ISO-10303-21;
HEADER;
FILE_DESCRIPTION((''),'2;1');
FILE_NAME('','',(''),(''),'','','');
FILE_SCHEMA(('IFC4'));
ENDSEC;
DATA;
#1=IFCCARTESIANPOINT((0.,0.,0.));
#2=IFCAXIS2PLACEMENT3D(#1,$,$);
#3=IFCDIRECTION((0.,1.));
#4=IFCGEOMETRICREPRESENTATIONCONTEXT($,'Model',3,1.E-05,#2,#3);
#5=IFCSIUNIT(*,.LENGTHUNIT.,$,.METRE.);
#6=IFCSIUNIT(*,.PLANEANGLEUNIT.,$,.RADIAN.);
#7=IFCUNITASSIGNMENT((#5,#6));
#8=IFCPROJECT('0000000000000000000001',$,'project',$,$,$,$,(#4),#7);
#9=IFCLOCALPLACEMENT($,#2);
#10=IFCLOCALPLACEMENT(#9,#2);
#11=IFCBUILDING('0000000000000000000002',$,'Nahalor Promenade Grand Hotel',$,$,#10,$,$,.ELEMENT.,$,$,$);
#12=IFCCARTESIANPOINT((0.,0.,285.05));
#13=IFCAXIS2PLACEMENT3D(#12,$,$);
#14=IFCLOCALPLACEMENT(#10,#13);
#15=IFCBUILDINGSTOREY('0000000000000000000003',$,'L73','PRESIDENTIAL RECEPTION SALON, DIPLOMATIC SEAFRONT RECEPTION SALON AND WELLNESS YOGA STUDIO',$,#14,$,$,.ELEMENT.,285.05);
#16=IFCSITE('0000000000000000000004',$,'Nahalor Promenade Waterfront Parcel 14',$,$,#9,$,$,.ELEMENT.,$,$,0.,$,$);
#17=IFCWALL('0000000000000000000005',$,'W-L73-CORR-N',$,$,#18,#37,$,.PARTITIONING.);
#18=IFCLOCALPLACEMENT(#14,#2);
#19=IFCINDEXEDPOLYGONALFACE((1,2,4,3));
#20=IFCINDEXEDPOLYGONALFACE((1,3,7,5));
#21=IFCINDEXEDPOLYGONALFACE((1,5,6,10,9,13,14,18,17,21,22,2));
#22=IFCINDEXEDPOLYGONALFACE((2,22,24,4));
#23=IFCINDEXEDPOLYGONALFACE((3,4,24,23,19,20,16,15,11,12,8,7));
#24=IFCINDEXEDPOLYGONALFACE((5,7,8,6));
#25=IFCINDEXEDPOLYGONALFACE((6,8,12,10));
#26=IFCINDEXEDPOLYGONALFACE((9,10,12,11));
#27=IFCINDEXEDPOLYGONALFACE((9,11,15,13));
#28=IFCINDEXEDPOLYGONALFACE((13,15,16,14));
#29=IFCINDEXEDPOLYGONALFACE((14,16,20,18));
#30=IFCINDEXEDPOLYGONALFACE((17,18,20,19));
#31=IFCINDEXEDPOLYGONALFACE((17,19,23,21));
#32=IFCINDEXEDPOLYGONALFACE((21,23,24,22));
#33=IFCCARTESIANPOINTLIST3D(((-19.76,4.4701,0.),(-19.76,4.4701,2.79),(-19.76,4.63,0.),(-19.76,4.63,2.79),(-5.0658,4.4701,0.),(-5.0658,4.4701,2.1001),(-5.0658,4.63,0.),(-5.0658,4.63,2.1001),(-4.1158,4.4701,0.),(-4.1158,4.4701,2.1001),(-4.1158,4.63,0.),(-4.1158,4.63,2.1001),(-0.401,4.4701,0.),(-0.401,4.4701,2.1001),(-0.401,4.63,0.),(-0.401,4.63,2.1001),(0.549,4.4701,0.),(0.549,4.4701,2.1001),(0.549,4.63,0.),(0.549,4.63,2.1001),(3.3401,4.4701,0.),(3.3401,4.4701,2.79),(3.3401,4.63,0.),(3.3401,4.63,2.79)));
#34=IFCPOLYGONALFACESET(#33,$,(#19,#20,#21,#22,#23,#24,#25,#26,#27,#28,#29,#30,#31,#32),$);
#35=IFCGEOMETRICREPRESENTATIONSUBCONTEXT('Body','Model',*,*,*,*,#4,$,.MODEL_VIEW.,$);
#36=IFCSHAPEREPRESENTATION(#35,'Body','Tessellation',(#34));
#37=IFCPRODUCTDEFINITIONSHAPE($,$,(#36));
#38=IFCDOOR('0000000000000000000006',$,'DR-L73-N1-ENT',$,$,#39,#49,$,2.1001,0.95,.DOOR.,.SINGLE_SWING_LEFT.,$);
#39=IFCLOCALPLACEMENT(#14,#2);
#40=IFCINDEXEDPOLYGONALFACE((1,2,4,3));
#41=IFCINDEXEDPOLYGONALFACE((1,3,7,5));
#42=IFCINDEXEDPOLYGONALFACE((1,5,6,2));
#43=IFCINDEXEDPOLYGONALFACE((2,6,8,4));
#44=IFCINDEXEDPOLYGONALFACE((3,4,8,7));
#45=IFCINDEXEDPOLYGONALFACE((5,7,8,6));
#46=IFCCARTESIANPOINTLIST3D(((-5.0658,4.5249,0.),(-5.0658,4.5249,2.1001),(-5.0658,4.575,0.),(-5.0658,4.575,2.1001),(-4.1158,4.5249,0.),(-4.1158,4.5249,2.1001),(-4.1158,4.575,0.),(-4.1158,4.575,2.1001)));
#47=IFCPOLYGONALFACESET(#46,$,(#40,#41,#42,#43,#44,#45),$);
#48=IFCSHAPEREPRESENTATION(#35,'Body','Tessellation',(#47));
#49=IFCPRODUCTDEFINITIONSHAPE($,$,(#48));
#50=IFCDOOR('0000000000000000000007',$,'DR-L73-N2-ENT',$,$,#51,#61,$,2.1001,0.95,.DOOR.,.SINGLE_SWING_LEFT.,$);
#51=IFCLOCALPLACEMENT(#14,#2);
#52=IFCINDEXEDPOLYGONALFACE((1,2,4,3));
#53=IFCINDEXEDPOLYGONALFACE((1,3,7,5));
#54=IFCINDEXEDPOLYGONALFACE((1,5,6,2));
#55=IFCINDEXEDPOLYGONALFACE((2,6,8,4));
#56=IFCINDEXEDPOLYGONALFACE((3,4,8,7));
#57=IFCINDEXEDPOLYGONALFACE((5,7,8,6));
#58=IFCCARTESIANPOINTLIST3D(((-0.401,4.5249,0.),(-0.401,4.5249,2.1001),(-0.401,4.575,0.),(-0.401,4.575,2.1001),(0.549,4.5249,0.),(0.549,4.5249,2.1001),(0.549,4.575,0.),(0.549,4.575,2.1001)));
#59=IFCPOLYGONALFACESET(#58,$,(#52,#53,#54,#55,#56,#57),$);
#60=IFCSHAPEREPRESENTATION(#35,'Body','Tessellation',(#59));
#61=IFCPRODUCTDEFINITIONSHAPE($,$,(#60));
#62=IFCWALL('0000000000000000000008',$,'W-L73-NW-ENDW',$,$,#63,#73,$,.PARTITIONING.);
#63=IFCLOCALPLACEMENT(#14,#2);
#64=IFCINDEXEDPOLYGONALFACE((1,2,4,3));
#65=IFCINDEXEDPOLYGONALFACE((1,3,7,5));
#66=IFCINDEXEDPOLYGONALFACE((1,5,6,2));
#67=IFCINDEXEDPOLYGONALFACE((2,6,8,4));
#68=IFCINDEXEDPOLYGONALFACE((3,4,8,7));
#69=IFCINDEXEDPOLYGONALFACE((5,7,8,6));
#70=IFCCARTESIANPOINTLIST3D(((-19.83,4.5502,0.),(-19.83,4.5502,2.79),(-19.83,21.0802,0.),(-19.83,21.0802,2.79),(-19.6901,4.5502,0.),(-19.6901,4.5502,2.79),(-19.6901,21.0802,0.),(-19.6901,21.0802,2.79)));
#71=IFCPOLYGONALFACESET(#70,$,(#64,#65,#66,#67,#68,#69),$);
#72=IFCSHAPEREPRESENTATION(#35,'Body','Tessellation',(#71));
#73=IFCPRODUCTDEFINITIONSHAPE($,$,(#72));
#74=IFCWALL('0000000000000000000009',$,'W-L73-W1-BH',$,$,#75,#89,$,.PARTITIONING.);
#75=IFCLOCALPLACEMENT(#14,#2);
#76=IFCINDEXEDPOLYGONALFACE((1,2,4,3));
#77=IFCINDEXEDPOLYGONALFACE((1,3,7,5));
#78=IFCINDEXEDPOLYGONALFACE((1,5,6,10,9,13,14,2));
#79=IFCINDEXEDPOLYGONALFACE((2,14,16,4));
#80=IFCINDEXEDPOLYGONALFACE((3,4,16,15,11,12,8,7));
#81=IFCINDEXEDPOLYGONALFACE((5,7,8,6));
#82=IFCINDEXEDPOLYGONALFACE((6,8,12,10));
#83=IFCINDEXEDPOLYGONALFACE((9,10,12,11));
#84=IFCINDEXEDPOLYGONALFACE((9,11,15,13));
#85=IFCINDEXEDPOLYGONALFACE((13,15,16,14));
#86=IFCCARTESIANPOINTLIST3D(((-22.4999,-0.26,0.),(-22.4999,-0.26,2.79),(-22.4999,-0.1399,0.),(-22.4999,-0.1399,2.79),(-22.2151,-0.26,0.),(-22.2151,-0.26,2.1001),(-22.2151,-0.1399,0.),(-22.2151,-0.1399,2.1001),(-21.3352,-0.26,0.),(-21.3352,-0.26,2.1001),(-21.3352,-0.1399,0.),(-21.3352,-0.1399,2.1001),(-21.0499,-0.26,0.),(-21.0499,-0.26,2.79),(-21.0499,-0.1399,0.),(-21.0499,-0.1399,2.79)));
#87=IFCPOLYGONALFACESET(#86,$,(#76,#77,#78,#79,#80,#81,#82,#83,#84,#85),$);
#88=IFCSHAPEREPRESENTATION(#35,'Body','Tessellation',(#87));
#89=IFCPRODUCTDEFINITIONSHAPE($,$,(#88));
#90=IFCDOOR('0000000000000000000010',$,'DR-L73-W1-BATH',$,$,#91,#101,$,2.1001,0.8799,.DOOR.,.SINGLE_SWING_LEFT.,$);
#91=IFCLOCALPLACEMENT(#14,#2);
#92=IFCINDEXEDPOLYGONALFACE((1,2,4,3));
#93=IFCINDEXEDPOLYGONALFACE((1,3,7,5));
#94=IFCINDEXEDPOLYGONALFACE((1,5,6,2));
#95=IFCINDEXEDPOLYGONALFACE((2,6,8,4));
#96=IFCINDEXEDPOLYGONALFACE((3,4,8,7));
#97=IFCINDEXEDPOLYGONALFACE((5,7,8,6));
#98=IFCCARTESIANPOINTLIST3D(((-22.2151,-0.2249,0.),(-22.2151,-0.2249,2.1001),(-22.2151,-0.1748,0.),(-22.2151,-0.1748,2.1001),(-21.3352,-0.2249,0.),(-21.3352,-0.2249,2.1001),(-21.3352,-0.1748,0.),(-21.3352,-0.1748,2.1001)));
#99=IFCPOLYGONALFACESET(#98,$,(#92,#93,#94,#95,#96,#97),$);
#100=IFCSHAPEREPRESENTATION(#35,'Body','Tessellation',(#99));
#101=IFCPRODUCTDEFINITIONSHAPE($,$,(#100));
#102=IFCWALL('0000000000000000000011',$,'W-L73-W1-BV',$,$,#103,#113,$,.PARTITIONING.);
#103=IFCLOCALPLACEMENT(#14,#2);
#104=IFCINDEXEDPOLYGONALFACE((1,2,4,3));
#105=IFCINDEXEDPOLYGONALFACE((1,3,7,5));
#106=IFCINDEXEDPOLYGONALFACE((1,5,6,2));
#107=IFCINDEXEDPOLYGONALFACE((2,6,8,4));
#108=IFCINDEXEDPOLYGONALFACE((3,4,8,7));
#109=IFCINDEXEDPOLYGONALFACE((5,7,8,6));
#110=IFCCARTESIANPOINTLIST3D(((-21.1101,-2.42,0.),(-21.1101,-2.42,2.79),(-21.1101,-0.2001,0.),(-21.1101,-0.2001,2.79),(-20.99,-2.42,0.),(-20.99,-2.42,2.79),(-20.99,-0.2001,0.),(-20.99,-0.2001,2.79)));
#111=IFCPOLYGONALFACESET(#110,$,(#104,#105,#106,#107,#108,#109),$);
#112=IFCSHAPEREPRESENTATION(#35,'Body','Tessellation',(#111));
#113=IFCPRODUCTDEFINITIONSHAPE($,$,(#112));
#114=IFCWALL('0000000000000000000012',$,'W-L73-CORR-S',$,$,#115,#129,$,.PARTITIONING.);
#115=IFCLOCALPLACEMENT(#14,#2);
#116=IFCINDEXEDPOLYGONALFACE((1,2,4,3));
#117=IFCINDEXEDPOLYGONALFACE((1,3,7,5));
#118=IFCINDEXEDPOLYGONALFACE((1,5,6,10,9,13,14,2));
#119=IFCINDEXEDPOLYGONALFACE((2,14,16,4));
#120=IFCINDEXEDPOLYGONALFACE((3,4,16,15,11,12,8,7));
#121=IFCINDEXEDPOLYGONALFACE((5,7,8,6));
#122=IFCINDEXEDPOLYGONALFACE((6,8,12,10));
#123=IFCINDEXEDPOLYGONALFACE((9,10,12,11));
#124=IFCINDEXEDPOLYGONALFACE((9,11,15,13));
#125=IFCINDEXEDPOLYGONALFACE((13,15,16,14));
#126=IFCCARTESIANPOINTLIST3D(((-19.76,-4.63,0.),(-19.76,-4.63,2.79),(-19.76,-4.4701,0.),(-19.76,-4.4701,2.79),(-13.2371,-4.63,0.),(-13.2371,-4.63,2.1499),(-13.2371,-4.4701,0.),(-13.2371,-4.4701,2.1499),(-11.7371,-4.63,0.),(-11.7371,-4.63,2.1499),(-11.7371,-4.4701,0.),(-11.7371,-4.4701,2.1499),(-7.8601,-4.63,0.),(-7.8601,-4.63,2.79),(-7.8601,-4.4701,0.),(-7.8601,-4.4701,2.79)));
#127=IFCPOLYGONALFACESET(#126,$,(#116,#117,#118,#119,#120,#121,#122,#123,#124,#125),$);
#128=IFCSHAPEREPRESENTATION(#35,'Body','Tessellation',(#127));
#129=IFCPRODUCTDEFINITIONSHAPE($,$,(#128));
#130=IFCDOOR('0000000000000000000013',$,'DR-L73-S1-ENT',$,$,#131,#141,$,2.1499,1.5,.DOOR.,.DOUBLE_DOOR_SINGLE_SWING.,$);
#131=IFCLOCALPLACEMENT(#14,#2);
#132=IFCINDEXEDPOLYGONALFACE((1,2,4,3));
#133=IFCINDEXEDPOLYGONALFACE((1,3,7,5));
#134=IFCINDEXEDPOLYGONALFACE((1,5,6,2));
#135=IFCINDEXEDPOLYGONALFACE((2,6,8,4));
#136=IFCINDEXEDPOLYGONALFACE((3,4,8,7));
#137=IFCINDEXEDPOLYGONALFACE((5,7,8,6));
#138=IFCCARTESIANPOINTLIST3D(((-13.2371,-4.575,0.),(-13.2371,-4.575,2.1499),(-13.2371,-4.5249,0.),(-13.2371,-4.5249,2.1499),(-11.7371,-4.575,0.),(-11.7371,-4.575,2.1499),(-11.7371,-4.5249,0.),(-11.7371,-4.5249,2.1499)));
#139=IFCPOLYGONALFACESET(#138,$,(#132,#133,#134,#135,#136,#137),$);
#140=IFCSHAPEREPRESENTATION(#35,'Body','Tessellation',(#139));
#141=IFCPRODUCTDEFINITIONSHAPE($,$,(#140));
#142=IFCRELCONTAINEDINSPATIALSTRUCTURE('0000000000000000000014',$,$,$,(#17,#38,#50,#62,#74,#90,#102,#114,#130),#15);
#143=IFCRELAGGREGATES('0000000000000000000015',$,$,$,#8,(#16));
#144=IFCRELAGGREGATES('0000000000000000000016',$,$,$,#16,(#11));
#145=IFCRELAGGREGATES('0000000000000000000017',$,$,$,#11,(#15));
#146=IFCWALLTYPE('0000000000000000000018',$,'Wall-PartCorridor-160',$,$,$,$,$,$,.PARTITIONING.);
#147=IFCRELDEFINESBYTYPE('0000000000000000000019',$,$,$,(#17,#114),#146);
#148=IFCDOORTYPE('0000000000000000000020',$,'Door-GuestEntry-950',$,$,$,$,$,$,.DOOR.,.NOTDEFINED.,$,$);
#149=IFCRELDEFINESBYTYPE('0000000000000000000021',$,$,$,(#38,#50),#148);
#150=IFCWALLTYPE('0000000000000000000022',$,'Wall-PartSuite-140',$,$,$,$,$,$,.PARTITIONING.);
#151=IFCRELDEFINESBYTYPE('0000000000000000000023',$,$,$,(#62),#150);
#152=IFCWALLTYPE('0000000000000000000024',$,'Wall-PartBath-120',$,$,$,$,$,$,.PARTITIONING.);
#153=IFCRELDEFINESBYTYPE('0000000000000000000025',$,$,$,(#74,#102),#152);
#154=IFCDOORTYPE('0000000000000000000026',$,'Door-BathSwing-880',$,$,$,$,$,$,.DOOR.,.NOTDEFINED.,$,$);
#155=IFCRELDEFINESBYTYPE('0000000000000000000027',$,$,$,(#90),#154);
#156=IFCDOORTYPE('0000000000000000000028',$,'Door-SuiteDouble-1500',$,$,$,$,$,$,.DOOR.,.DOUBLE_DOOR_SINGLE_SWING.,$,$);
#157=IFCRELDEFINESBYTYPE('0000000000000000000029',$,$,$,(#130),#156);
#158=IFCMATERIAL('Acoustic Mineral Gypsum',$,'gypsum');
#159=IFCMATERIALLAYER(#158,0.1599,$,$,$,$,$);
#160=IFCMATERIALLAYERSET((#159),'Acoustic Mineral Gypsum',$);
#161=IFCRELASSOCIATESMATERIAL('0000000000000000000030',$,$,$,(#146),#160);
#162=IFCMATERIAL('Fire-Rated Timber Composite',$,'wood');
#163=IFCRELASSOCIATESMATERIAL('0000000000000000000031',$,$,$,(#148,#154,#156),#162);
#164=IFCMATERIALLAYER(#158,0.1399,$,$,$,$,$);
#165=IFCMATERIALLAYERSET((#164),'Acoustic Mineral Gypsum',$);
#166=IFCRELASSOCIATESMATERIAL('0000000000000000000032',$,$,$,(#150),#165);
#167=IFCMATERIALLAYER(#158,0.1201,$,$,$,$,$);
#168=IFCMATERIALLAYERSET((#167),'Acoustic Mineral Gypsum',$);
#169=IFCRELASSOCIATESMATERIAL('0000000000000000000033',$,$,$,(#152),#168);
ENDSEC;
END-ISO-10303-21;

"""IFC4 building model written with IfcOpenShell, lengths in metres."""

from ifc_helpers import new_model, si_unit, direction, frame, frame_2d, origin, place, context, subcontext, project, spatial, rectangle, extrude, source, transform, mapped, material, layer, layer_set, type_object, element, fill, save


model = new_model("IFC4")

# Units and contexts
model_context = context("Model", 3, precision=1e-05, world=origin(), true_north=direction((0.0, 1.0)))
body_context = subcontext(model_context, "Body", "Model", "MODEL_VIEW")
ifc_project = project(units=[si_unit("LENGTHUNIT", "METRE"), si_unit("PLANEANGLEUNIT", "RADIAN")], contexts=[model_context])

# Site, building, storey
site_placement = place(None, origin())
site = spatial("IfcSite", under=ifc_project, at=site_placement, Name="Nahalor Promenade Waterfront Parcel 14", CompositionType="ELEMENT", RefElevation=0.0)
building_placement = place(site_placement, origin())
building = spatial("IfcBuilding", under=site, at=building_placement, Name="Nahalor Promenade Grand Hotel", CompositionType="ELEMENT")
storey_placement = place(building_placement, frame((0.0, 0.0, 285.05)))
storey = spatial("IfcBuildingStorey", under=building, at=storey_placement, Name="L73", Description="PRESIDENTIAL RECEPTION SALON, DIPLOMATIC SEAFRONT RECEPTION SALON AND WELLNESS YOGA STUDIO", CompositionType="ELEMENT", Elevation=285.05)

# Wall, openings, doors
ifc_material_1 = material(Name="Acoustic Mineral Gypsum", Category="gypsum")
ifc_layer_1 = layer(ifc_material_1, 0.1599)
ifc_layer_set_1 = layer_set([ifc_layer_1], Name="Acoustic Mineral Gypsum")
wall_type_1 = type_object("IfcWallType", Name="Wall-PartCorridor-160", PredefinedType="PARTITIONING", material=ifc_layer_set_1)
shared_shape_1 = source(origin(), body_context, "Body", "SweptSolid", [
    extrude(rectangle(XDim=23.1001, YDim=0.1599, at=frame_2d((11.55, 0.0))), origin(), (0.0, 0.0, 1.0), 2.79),
])
wall_1_placement = place(storey_placement, frame((-19.76, 4.55, 0.0), z_axis=(0.0, 0.0, 1.0), x_axis=(1.0, 0.0, 0.0)))
wall_1 = element("IfcWall", 1, at=wall_1_placement, inside=storey, type_object=wall_type_1, Name="W-L73-CORR-N", PredefinedType="PARTITIONING", context=body_context, shape_type="MappedRepresentation", body=[
    mapped(shared_shape_1, transform((0.0, 0.0, 0.0), scale=1.0)),
])
opening_1_placement = place(wall_1_placement, frame((14.6941, 0.0, 0.0)))
opening_1 = element("IfcOpeningElement", 2, at=opening_1_placement, cuts=wall_1, PredefinedType="OPENING", context=body_context, shape_type="SweptSolid", body=[
    extrude(rectangle(XDim=0.95, YDim=2.1001, at=frame_2d((0.4751, 1.05))), frame((0.0, 0.0898, 0.0), z_axis=(0.0, -1.0, 0.0), x_axis=(1.0, 0.0, 0.0)), (0.0, 0.0, 1.0), 0.1799),
])
opening_2_placement = place(wall_1_placement, frame((19.3589, 0.0, 0.0)))
opening_2 = element("IfcOpeningElement", 3, at=opening_2_placement, cuts=wall_1, PredefinedType="OPENING", context=body_context, shape_type="SweptSolid", body=[
    extrude(rectangle(XDim=0.95, YDim=2.1001, at=frame_2d((0.4751, 1.05))), frame((0.0, 0.0898, 0.0), z_axis=(0.0, -1.0, 0.0), x_axis=(1.0, 0.0, 0.0)), (0.0, 0.0, 1.0), 0.1799),
])
ifc_material_2 = material(Name="Fire-Rated Timber Composite", Category="wood")
door_type_1 = type_object("IfcDoorType", Name="Door-GuestEntry-950", OperationType="NOTDEFINED", PredefinedType="DOOR", material=ifc_material_2)
shared_shape_2 = source(origin(), body_context, "Body", "SweptSolid", [
    extrude(rectangle(XDim=0.95, YDim=2.1001, at=frame_2d((0.4751, 1.05))), frame((0.0, 0.0249, 0.0), z_axis=(0.0, -1.0, 0.0), x_axis=(1.0, 0.0, 0.0)), (0.0, 0.0, 1.0), 0.05),
])
door_1_placement = place(opening_1_placement, origin())
door_1 = element("IfcDoor", 4, at=door_1_placement, inside=storey, type_object=door_type_1, Name="DR-L73-N1-ENT", OperationType="SINGLE_SWING_LEFT", OverallHeight=2.1001, OverallWidth=0.95, PredefinedType="DOOR", context=body_context, shape_type="MappedRepresentation", body=[
    mapped(shared_shape_2, transform((0.0, 0.0, 0.0), scale=1.0)),
])
fill(opening_1, door_1)
door_2_placement = place(opening_2_placement, origin())
door_2 = element("IfcDoor", 5, at=door_2_placement, inside=storey, type_object=door_type_1, Name="DR-L73-N2-ENT", OperationType="SINGLE_SWING_LEFT", OverallHeight=2.1001, OverallWidth=0.95, PredefinedType="DOOR", context=body_context, shape_type="MappedRepresentation", body=[
    mapped(shared_shape_2, transform((0.0, 0.0, 0.0), scale=1.0)),
])
fill(opening_2, door_2)

# Wall
ifc_layer_2 = layer(ifc_material_1, 0.1399)
ifc_layer_set_2 = layer_set([ifc_layer_2], Name="Acoustic Mineral Gypsum")
wall_type_2 = type_object("IfcWallType", Name="Wall-PartSuite-140", PredefinedType="PARTITIONING", material=ifc_layer_set_2)
shared_shape_3 = source(origin(), body_context, "Body", "SweptSolid", [
    extrude(rectangle(XDim=16.53, YDim=0.1399, at=frame_2d((8.2651, 0.0))), origin(), (0.0, 0.0, 1.0), 2.79),
])
wall_2_placement = place(storey_placement, frame((-19.76, 4.55, 0.0), z_axis=(0.0, 0.0, 1.0), x_axis=(0.0, 1.0, 0.0)))
element("IfcWall", 6, at=wall_2_placement, inside=storey, type_object=wall_type_2, Name="W-L73-NW-ENDW", PredefinedType="PARTITIONING", context=body_context, shape_type="MappedRepresentation", body=[
    mapped(shared_shape_3, transform((0.0, 0.0, 0.0), scale=1.0)),
])

# Wall, opening, door
ifc_layer_3 = layer(ifc_material_1, 0.1201)
ifc_layer_set_3 = layer_set([ifc_layer_3], Name="Acoustic Mineral Gypsum")
wall_type_3 = type_object("IfcWallType", Name="Wall-PartBath-120", PredefinedType="PARTITIONING", material=ifc_layer_set_3)
shared_shape_4 = source(origin(), body_context, "Body", "SweptSolid", [
    extrude(rectangle(XDim=1.45, YDim=0.1201, at=frame_2d((0.7251, 0.0))), origin(), (0.0, 0.0, 1.0), 2.79),
])
wall_3_placement = place(storey_placement, frame((-22.5, -0.2, 0.0), z_axis=(0.0, 0.0, 1.0), x_axis=(1.0, 0.0, 0.0)))
wall_3 = element("IfcWall", 7, at=wall_3_placement, inside=storey, type_object=wall_type_3, Name="W-L73-W1-BH", PredefinedType="PARTITIONING", context=body_context, shape_type="MappedRepresentation", body=[
    mapped(shared_shape_4, transform((0.0, 0.0, 0.0), scale=1.0)),
])
opening_3_placement = place(wall_3_placement, frame((0.2849, 0.0, 0.0)))
opening_3 = element("IfcOpeningElement", 8, at=opening_3_placement, cuts=wall_3, PredefinedType="OPENING", context=body_context, shape_type="SweptSolid", body=[
    extrude(rectangle(XDim=0.8799, YDim=2.1001, at=frame_2d((0.4399, 1.05))), frame((0.0, 0.0701, 0.0), z_axis=(0.0, -1.0, 0.0), x_axis=(1.0, 0.0, 0.0)), (0.0, 0.0, 1.0), 0.1401),
])
door_type_2 = type_object("IfcDoorType", Name="Door-BathSwing-880", OperationType="NOTDEFINED", PredefinedType="DOOR", material=ifc_material_2)
shared_shape_5 = source(origin(), body_context, "Body", "SweptSolid", [
    extrude(rectangle(XDim=0.8799, YDim=2.1001, at=frame_2d((0.4399, 1.05))), frame((0.0, 0.0249, 0.0), z_axis=(0.0, -1.0, 0.0), x_axis=(1.0, 0.0, 0.0)), (0.0, 0.0, 1.0), 0.05),
])
door_3_placement = place(opening_3_placement, frame((0.8799, 0.0, 0.0), z_axis=(0.0, 0.0, 1.0), x_axis=(-1.0, 0.0, 0.0)))
door_3 = element("IfcDoor", 9, at=door_3_placement, inside=storey, type_object=door_type_2, Name="DR-L73-W1-BATH", OperationType="SINGLE_SWING_LEFT", OverallHeight=2.1001, OverallWidth=0.8799, PredefinedType="DOOR", context=body_context, shape_type="MappedRepresentation", body=[
    mapped(shared_shape_5, transform((0.0, 0.0, 0.0), scale=1.0)),
])
fill(opening_3, door_3)

# Wall
shared_shape_6 = source(origin(), body_context, "Body", "SweptSolid", [
    extrude(rectangle(XDim=2.22, YDim=0.1201, at=frame_2d((1.1099, 0.0))), origin(), (0.0, 0.0, 1.0), 2.79),
])
wall_4_placement = place(storey_placement, frame((-21.05, -2.4199, 0.0), z_axis=(0.0, 0.0, 1.0), x_axis=(0.0, 1.0, 0.0)))
element("IfcWall", 10, at=wall_4_placement, inside=storey, type_object=wall_type_3, Name="W-L73-W1-BV", PredefinedType="PARTITIONING", context=body_context, shape_type="MappedRepresentation", body=[
    mapped(shared_shape_6, transform((0.0, 0.0, 0.0), scale=1.0)),
])

# Wall, opening, door
shared_shape_7 = source(origin(), body_context, "Body", "SweptSolid", [
    extrude(rectangle(XDim=11.8999, YDim=0.1599, at=frame_2d((5.95, 0.0))), origin(), (0.0, 0.0, 1.0), 2.79),
])
wall_5_placement = place(storey_placement, frame((-19.76, -4.55, 0.0), z_axis=(0.0, 0.0, 1.0), x_axis=(1.0, 0.0, 0.0)))
wall_5 = element("IfcWall", 11, at=wall_5_placement, inside=storey, type_object=wall_type_1, Name="W-L73-CORR-S", PredefinedType="PARTITIONING", context=body_context, shape_type="MappedRepresentation", body=[
    mapped(shared_shape_7, transform((0.0, 0.0, 0.0), scale=1.0)),
])
opening_4_placement = place(wall_5_placement, frame((6.5229, 0.0, 0.0)))
opening_4 = element("IfcOpeningElement", 12, at=opening_4_placement, cuts=wall_5, PredefinedType="OPENING", context=body_context, shape_type="SweptSolid", body=[
    extrude(rectangle(XDim=1.5, YDim=2.1499, at=frame_2d((0.75, 1.075))), frame((0.0, 0.0898, 0.0), z_axis=(0.0, -1.0, 0.0), x_axis=(1.0, 0.0, 0.0)), (0.0, 0.0, 1.0), 0.1799),
])
door_type_3 = type_object("IfcDoorType", Name="Door-SuiteDouble-1500", OperationType="DOUBLE_DOOR_SINGLE_SWING", PredefinedType="DOOR", material=ifc_material_2)
shared_shape_8 = source(origin(), body_context, "Body", "SweptSolid", [
    extrude(rectangle(XDim=1.5, YDim=2.1499, at=frame_2d((0.75, 1.075))), frame((0.0, 0.0249, 0.0), z_axis=(0.0, -1.0, 0.0), x_axis=(1.0, 0.0, 0.0)), (0.0, 0.0, 1.0), 0.05),
])
door_4_placement = place(opening_4_placement, frame((1.5, 0.0, 0.0), z_axis=(0.0, 0.0, 1.0), x_axis=(-1.0, 0.0, 0.0)))
door_4 = element("IfcDoor", 13, at=door_4_placement, inside=storey, type_object=door_type_3, Name="DR-L73-S1-ENT", OperationType="DOUBLE_DOOR_SINGLE_SWING", OverallHeight=2.1499, OverallWidth=1.5, PredefinedType="DOOR", context=body_context, shape_type="MappedRepresentation", body=[
    mapped(shared_shape_8, transform((0.0, 0.0, 0.0), scale=1.0)),
])
fill(opening_4, door_4)

save(model, "model.ifc")
